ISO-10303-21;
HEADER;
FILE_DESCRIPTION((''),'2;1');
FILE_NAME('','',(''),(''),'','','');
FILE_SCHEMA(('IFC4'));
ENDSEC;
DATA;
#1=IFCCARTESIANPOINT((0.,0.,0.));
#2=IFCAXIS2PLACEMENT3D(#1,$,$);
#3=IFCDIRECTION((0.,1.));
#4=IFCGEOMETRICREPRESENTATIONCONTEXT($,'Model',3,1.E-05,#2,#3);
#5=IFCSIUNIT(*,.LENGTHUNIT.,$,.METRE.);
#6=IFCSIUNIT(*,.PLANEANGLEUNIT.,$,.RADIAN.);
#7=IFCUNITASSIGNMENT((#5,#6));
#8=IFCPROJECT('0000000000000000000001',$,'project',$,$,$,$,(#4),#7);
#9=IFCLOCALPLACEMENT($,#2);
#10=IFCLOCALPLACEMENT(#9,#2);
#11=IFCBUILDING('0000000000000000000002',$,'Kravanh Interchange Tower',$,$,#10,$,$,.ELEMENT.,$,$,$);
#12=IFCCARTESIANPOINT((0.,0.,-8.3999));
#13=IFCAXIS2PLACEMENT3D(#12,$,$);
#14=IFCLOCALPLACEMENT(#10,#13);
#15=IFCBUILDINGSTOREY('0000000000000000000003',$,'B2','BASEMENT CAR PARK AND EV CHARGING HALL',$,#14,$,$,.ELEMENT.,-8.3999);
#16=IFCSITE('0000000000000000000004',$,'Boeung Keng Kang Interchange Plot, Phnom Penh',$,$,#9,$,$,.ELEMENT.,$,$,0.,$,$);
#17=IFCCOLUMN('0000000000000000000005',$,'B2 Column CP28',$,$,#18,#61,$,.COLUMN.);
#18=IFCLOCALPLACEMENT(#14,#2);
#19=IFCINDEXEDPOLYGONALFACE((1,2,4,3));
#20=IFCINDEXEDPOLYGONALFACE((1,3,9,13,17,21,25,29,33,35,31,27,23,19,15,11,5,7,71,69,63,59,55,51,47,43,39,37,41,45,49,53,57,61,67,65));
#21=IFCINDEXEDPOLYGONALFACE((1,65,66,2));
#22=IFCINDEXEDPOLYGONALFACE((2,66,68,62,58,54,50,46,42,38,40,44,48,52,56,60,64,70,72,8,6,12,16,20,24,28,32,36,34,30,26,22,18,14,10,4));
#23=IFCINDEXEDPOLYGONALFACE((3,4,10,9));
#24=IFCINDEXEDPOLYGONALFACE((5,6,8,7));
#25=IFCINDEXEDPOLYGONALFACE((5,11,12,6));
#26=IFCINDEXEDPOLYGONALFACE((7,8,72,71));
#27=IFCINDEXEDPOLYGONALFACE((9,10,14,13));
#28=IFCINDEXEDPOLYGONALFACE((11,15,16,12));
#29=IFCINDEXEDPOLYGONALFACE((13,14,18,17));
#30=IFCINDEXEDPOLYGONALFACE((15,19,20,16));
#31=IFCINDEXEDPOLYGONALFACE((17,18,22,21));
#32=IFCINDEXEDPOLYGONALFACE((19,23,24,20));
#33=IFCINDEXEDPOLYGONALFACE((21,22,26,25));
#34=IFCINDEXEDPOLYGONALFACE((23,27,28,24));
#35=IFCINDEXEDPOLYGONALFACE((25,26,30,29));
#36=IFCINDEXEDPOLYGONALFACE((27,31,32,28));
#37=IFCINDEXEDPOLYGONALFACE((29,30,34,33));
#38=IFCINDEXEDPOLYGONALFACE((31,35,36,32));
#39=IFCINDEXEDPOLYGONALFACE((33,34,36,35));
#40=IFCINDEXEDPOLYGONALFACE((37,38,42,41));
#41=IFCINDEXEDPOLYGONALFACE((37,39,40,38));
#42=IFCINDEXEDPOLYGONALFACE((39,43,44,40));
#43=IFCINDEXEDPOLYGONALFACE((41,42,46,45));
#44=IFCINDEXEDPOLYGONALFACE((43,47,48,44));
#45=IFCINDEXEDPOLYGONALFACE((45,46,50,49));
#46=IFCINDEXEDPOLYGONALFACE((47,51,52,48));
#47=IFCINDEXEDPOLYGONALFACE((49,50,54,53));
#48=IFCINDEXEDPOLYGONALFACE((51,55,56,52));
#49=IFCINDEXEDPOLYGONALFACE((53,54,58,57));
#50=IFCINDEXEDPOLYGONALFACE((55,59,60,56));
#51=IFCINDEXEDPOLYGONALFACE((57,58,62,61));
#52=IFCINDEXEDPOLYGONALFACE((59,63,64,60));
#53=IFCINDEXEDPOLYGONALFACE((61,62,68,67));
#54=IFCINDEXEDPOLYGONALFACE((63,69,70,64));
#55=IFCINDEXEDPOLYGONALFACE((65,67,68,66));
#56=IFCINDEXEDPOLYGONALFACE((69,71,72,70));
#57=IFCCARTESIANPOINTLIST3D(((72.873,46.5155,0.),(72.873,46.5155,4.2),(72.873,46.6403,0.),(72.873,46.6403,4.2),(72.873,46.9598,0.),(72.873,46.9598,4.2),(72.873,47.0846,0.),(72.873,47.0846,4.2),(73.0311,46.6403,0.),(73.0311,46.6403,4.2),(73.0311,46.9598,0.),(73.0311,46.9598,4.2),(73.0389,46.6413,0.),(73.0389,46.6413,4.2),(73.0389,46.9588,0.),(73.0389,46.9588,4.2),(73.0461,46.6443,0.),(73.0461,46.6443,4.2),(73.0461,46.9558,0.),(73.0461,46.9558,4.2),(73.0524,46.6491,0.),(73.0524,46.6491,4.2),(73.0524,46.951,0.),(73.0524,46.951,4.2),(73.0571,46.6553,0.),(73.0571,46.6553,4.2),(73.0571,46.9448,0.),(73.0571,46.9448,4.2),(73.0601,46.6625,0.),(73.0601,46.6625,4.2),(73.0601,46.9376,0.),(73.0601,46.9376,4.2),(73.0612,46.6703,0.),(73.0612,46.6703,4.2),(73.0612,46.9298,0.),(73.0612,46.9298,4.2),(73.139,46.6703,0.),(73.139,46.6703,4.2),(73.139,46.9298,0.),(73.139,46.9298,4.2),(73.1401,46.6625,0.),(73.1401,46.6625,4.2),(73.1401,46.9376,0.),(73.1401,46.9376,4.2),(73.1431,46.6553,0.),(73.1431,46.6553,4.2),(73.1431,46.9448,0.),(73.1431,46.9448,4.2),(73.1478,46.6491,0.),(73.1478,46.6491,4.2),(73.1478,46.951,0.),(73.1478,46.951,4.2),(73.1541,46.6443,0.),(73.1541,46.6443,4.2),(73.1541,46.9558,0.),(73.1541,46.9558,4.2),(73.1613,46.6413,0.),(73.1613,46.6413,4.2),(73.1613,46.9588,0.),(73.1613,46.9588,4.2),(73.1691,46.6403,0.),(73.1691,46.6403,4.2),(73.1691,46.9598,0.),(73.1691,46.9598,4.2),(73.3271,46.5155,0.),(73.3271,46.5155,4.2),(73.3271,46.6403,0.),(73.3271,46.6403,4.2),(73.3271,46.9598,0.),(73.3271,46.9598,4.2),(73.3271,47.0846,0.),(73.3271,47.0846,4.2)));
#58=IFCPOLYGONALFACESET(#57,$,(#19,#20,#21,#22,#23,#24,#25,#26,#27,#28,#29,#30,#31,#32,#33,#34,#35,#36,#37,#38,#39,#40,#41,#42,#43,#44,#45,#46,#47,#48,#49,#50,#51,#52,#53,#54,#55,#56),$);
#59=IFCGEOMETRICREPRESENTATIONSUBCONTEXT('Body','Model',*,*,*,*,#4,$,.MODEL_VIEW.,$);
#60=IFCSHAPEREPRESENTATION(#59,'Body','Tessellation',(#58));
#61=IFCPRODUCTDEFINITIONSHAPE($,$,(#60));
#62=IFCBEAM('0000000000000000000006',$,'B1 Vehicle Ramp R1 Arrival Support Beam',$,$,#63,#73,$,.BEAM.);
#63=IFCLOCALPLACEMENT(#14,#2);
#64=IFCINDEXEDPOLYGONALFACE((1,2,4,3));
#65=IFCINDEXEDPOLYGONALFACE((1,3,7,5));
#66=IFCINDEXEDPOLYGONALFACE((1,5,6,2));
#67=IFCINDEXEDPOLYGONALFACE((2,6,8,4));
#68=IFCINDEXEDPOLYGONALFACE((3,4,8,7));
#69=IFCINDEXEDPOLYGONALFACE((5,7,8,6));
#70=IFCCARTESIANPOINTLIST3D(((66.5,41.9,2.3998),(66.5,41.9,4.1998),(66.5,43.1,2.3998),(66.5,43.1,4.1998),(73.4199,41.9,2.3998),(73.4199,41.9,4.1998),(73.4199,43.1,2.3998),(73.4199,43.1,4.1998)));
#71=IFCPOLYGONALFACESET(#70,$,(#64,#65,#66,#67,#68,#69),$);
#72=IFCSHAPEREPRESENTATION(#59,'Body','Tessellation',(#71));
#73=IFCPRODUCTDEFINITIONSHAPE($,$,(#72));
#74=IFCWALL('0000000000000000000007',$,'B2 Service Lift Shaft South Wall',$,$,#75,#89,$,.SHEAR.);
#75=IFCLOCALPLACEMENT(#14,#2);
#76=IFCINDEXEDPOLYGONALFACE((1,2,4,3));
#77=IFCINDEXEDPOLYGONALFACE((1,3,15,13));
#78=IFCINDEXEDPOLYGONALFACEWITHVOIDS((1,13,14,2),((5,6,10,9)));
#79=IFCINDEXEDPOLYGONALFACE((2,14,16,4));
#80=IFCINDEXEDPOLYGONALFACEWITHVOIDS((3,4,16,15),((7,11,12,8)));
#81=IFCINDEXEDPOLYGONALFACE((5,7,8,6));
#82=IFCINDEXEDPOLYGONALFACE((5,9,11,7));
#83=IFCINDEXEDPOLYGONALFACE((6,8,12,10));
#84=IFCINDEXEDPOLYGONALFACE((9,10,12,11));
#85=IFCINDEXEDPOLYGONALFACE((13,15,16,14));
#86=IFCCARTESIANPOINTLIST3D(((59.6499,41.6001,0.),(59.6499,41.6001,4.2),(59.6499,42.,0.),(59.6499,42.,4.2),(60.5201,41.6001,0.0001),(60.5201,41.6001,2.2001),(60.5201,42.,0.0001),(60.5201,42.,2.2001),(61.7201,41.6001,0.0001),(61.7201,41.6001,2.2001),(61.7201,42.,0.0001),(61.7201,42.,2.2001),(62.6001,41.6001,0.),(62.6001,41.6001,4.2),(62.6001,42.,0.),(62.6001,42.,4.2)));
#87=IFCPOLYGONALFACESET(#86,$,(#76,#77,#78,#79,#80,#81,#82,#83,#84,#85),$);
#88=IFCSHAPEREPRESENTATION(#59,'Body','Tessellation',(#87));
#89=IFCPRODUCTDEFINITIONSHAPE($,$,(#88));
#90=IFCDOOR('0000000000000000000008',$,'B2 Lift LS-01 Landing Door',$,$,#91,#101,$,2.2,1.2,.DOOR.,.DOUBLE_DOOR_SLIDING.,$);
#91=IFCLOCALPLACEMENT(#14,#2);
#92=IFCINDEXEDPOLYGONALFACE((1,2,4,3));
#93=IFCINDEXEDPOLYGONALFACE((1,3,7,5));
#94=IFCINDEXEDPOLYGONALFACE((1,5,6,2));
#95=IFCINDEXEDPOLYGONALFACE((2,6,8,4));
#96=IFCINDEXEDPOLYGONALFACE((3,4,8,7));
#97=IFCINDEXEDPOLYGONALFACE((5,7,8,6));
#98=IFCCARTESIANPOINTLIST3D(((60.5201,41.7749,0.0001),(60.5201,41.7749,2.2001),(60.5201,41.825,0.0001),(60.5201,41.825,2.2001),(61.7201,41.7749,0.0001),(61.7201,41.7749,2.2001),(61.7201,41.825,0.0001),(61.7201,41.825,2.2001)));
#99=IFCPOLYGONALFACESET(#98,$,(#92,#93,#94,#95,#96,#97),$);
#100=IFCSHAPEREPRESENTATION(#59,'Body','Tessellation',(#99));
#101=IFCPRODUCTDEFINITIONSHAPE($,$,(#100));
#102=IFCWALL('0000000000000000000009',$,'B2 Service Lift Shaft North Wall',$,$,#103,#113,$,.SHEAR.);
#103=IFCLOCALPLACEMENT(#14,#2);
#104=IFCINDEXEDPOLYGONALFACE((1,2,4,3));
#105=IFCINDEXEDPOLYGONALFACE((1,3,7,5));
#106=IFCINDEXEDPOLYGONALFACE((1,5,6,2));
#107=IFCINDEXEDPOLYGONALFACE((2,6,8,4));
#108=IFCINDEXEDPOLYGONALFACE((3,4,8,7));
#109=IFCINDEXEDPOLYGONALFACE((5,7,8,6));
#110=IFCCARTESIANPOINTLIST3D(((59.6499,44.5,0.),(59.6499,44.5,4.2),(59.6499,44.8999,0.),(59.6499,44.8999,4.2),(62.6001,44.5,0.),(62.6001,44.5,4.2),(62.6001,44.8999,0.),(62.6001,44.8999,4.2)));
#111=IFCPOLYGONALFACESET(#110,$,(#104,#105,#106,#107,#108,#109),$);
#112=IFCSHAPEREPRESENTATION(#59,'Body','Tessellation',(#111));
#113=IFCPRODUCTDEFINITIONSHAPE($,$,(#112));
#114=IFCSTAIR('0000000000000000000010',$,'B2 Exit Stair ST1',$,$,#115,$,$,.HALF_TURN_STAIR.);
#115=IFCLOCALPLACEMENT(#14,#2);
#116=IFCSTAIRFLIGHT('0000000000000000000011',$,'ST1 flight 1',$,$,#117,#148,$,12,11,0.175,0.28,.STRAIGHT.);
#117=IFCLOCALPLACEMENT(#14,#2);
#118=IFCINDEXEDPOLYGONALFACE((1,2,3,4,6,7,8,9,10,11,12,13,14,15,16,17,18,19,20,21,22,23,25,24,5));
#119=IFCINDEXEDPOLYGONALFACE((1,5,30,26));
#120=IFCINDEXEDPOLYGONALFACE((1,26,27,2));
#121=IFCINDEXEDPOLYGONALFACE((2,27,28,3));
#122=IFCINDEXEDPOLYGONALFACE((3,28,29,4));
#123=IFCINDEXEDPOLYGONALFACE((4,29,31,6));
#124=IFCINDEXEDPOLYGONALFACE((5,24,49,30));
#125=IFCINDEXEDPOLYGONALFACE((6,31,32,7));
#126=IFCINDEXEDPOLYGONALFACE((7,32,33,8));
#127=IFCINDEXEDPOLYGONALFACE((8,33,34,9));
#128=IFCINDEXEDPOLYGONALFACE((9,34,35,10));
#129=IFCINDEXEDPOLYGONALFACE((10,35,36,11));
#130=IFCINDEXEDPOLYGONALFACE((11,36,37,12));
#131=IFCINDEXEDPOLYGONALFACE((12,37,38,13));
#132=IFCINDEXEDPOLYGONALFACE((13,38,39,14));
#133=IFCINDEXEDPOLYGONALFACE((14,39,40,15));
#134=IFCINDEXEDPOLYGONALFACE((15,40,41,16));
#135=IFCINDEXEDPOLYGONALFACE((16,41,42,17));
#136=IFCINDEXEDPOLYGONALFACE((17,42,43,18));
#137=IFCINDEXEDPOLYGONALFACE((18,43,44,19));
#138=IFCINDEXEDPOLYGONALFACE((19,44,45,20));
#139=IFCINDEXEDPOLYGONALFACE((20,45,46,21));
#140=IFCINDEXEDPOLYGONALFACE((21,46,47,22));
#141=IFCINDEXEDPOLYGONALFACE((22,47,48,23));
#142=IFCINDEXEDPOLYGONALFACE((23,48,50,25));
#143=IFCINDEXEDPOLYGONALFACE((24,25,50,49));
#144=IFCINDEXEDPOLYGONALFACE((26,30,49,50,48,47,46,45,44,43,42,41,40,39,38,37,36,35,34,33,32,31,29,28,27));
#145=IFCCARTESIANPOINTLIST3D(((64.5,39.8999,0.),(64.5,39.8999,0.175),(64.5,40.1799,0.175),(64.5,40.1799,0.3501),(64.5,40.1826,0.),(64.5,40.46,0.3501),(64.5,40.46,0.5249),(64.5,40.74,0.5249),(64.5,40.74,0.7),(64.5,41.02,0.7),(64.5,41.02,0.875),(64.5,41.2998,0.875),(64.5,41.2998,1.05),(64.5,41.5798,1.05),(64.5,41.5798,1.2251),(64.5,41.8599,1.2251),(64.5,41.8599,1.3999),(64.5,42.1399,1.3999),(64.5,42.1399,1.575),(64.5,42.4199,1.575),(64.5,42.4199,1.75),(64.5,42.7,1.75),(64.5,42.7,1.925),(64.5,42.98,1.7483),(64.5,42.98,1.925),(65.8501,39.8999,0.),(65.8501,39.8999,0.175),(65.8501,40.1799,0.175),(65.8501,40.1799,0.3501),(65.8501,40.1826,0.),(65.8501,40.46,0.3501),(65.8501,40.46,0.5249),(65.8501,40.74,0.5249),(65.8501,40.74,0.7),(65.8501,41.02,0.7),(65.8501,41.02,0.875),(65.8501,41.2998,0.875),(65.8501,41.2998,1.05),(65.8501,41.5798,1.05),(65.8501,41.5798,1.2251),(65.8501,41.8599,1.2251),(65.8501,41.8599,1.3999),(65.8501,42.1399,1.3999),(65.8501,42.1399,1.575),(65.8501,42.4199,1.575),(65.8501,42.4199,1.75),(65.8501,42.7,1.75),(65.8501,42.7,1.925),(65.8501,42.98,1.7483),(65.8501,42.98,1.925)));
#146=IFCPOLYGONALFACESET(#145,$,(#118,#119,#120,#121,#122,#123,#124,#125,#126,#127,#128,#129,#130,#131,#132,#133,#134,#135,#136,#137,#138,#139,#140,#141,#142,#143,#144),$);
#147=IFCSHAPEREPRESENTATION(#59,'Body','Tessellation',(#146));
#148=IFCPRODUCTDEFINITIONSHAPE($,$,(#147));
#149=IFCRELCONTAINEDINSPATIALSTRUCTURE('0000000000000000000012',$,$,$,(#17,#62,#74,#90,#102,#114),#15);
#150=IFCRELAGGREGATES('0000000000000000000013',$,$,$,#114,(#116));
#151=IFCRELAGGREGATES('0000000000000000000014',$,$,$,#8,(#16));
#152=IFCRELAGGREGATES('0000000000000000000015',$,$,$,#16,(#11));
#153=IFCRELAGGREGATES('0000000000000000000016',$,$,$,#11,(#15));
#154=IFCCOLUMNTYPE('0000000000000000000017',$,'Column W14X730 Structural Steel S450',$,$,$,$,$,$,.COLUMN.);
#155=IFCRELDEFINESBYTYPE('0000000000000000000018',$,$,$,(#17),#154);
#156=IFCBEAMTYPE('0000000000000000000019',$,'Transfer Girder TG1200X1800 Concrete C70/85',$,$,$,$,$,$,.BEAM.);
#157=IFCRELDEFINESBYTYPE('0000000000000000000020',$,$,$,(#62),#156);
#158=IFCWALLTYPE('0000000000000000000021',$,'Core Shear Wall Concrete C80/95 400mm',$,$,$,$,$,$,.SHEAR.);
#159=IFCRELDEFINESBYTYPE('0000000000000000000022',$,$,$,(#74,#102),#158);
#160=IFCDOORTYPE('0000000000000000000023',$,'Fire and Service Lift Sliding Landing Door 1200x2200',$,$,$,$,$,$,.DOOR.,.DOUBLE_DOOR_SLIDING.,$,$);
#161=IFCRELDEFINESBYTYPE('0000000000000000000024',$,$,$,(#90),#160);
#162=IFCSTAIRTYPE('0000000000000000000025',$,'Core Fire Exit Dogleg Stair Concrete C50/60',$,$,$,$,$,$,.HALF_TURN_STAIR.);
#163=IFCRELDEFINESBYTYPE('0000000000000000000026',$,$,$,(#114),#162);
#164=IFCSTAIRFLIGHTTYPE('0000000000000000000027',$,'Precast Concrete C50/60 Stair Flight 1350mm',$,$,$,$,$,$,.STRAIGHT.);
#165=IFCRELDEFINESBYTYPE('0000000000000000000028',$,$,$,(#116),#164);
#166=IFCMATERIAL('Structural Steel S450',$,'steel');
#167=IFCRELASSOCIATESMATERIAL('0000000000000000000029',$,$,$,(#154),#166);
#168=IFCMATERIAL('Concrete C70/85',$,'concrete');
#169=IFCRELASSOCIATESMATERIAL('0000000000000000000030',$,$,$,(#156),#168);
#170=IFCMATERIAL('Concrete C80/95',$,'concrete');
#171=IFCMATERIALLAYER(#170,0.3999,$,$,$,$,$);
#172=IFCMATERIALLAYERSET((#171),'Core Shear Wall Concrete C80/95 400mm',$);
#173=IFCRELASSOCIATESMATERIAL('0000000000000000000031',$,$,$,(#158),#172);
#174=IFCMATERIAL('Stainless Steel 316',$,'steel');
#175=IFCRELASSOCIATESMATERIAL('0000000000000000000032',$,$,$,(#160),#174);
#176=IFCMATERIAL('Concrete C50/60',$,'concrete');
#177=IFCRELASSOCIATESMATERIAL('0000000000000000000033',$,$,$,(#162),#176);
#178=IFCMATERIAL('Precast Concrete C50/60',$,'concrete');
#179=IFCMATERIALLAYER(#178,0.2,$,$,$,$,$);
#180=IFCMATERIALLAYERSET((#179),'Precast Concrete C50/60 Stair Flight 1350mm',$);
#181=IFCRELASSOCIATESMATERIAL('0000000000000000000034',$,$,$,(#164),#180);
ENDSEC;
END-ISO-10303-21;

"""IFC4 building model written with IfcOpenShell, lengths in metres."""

from ifc_helpers import new_model, si_unit, direction, frame, frame_2d, origin, origin_2d, place, context, subcontext, project, spatial, polyline, rectangle, i_section, outline, extrude, material, layer, layer_set, material_profile, profile_set, type_object, element, fill, aggregate, save


model = new_model("IFC4")

# Units and contexts
model_context = context("Model", 3, precision=1e-05, world=origin(), true_north=direction((0.0, 1.0)))
body_context = subcontext(model_context, "Body", "Model", "MODEL_VIEW")
ifc_project = project(units=[si_unit("LENGTHUNIT", "METRE"), si_unit("PLANEANGLEUNIT", "RADIAN")], contexts=[model_context])

# Site, building, storey
site_placement = place(None, origin())
site = spatial("IfcSite", under=ifc_project, at=site_placement, Name="Boeung Keng Kang Interchange Plot, Phnom Penh", CompositionType="ELEMENT", RefElevation=0.0)
building_placement = place(site_placement, origin())
building = spatial("IfcBuilding", under=site, at=building_placement, Name="Kravanh Interchange Tower", CompositionType="ELEMENT")
storey_placement = place(building_placement, frame((0.0, 0.0, -8.3999)))
storey = spatial("IfcBuildingStorey", under=building, at=storey_placement, Name="B2", Description="BASEMENT CAR PARK AND EV CHARGING HALL", CompositionType="ELEMENT", Elevation=-8.3999)

# Column
ifc_material_1 = material(Name="Structural Steel S450", Category="steel")
ifc_material_profile_1 = material_profile(ifc_material_1, i_section(OverallWidth=0.4541, OverallDepth=0.5691, WebThickness=0.0779, FlangeThickness=0.1248, FilletRadius=0.03, at=origin_2d()), Name="W14X730")
ifc_profile_set_1 = profile_set([ifc_material_profile_1], Name="Structural Steel S450")
column_type_1 = type_object("IfcColumnType", Name="Column W14X730 Structural Steel S450", PredefinedType="COLUMN", material=ifc_profile_set_1)
column_placement = place(storey_placement, frame((73.1001, 46.8, 0.0), z_axis=(0.0, 0.0, 1.0), x_axis=(1.0, 0.0, 0.0)))
element("IfcColumn", 1, at=column_placement, inside=storey, type_object=column_type_1, Name="B2 Column CP28", PredefinedType="COLUMN", context=body_context, shape_type="SweptSolid", body=[
    extrude(i_section(OverallWidth=0.4541, OverallDepth=0.5691, WebThickness=0.0779, FlangeThickness=0.1248, FilletRadius=0.03, at=origin_2d()), origin(), (0.0, 0.0, 1.0), 4.2),
])

# Beam
ifc_material_2 = material(Name="Concrete C70/85", Category="concrete")
ifc_material_profile_2 = material_profile(ifc_material_2, rectangle(XDim=1.2, YDim=1.8, at=origin_2d()), Name="TG1200X1800")
ifc_profile_set_2 = profile_set([ifc_material_profile_2], Name="Concrete C70/85")
beam_type = type_object("IfcBeamType", Name="Transfer Girder TG1200X1800 Concrete C70/85", PredefinedType="BEAM", material=ifc_profile_set_2)
beam_placement = place(storey_placement, frame((66.5, 42.5, 3.2998), z_axis=(1.0, 0.0, 0.0), x_axis=(0.0, 1.0, 0.0)))
element("IfcBeam", 2, at=beam_placement, inside=storey, type_object=beam_type, Name="B1 Vehicle Ramp R1 Arrival Support Beam", PredefinedType="BEAM", context=body_context, shape_type="SweptSolid", body=[
    extrude(rectangle(XDim=1.2, YDim=1.8, at=origin_2d()), origin(), (0.0, 0.0, 1.0), 6.9199),
])

# Wall, opening, door
ifc_material_3 = material(Name="Concrete C80/95", Category="concrete")
ifc_layer_1 = layer(ifc_material_3, 0.3999)
ifc_layer_set_1 = layer_set([ifc_layer_1], Name="Core Shear Wall Concrete C80/95 400mm")
wall_type = type_object("IfcWallType", Name="Core Shear Wall Concrete C80/95 400mm", PredefinedType="SHEAR", material=ifc_layer_set_1)
wall_1_placement = place(storey_placement, frame((59.6499, 41.8, 0.0), z_axis=(0.0, 0.0, 1.0), x_axis=(1.0, 0.0, 0.0)))
wall_1 = element("IfcWall", 3, at=wall_1_placement, inside=storey, type_object=wall_type, Name="B2 Service Lift Shaft South Wall", PredefinedType="SHEAR", context=body_context, shape_type="SweptSolid", body=[
    extrude(rectangle(XDim=2.9502, YDim=0.3999, at=frame_2d((1.4751, 0.0))), origin(), (0.0, 0.0, 1.0), 4.2),
])
opening_placement = place(wall_1_placement, frame((0.8701, 0.0, 0.0)))
opening = element("IfcOpeningElement", 4, at=opening_placement, cuts=wall_1, PredefinedType="OPENING", context=body_context, shape_type="SweptSolid", body=[
    extrude(rectangle(XDim=1.2, YDim=2.2, at=frame_2d((0.6001, 1.1001))), frame((0.0, 0.21, 0.0), z_axis=(0.0, -1.0, 0.0), x_axis=(1.0, 0.0, 0.0)), (0.0, 0.0, 1.0), 0.4199),
])
ifc_material_4 = material(Name="Stainless Steel 316", Category="steel")
door_type = type_object("IfcDoorType", Name="Fire and Service Lift Sliding Landing Door 1200x2200", OperationType="DOUBLE_DOOR_SLIDING", PredefinedType="DOOR", material=ifc_material_4)
door_placement = place(opening_placement, origin())
door = element("IfcDoor", 5, at=door_placement, inside=storey, type_object=door_type, Name="B2 Lift LS-01 Landing Door", OperationType="DOUBLE_DOOR_SLIDING", OverallHeight=2.2, OverallWidth=1.2, PredefinedType="DOOR", context=body_context, shape_type="SweptSolid", body=[
    extrude(rectangle(XDim=1.2, YDim=2.2, at=frame_2d((0.6001, 1.1001))), frame((0.0, 0.0249, 0.0), z_axis=(0.0, -1.0, 0.0), x_axis=(1.0, 0.0, 0.0)), (0.0, 0.0, 1.0), 0.05),
])
fill(opening, door)

# Wall
wall_2_placement = place(storey_placement, frame((59.6499, 44.7, 0.0), z_axis=(0.0, 0.0, 1.0), x_axis=(1.0, 0.0, 0.0)))
element("IfcWall", 6, at=wall_2_placement, inside=storey, type_object=wall_type, Name="B2 Service Lift Shaft North Wall", PredefinedType="SHEAR", context=body_context, shape_type="SweptSolid", body=[
    extrude(rectangle(XDim=2.9502, YDim=0.3999, at=frame_2d((1.4751, 0.0))), origin(), (0.0, 0.0, 1.0), 4.2),
])

# Stair, stair flight
ifc_material_5 = material(Name="Concrete C50/60", Category="concrete")
stair_type = type_object("IfcStairType", Name="Core Fire Exit Dogleg Stair Concrete C50/60", PredefinedType="HALF_TURN_STAIR", material=ifc_material_5)
stair_1_placement = place(storey_placement, origin())
stair_1 = element("IfcStair", 7, at=stair_1_placement, inside=storey, type_object=stair_type, Name="B2 Exit Stair ST1", PredefinedType="HALF_TURN_STAIR")
ifc_material_6 = material(Name="Precast Concrete C50/60", Category="concrete")
ifc_layer_2 = layer(ifc_material_6, 0.2)
ifc_layer_set_2 = layer_set([ifc_layer_2], Name="Precast Concrete C50/60 Stair Flight 1350mm")
stair_flight_type = type_object("IfcStairFlightType", Name="Precast Concrete C50/60 Stair Flight 1350mm", PredefinedType="STRAIGHT", material=ifc_layer_set_2)
stair_flight_1_placement = place(storey_placement, frame((65.175, 39.8999, 0.0), z_axis=(0.0, 0.0, 1.0), x_axis=(0.0, 1.0, 0.0)))
stair_flight_1 = element("IfcStairFlight", 8, at=stair_flight_1_placement, type_object=stair_flight_type, Name="ST1 flight 1", NumberOfRisers=12, NumberOfTreads=11, PredefinedType="STRAIGHT", RiserHeight=0.175, TreadLength=0.28, context=body_context, shape_type="SweptSolid", body=[
    extrude(outline(polyline([(0.0, 0.0), (0.0, 0.175), (0.28, 0.175), (0.28, 0.3501), (0.5601, 0.3501), (0.5601, 0.5249), (0.8401, 0.5249), (0.8401, 0.7), (1.1201, 0.7), (1.1201, 0.875), (1.3999, 0.875), (1.3999, 1.05), (1.6799, 1.05), (1.6799, 1.2251), (1.96, 1.2251), (1.96, 1.3999), (2.24, 1.3999), (2.24, 1.575), (2.52, 1.575), (2.52, 1.75), (2.8, 1.75), (2.8, 1.925), (3.0801, 1.925), (3.0801, 2.1001), (3.0801, 1.7483), (0.2827, 0.0), (0.0, 0.0)])), frame((0.0, 0.675, 0.0), z_axis=(0.0, -1.0, 0.0), x_axis=(1.0, 0.0, 0.0)), (0.0, 0.0, 1.0), 1.3501),
])
aggregate(stair_1, [stair_flight_1])

save(model, "model.ifc")
